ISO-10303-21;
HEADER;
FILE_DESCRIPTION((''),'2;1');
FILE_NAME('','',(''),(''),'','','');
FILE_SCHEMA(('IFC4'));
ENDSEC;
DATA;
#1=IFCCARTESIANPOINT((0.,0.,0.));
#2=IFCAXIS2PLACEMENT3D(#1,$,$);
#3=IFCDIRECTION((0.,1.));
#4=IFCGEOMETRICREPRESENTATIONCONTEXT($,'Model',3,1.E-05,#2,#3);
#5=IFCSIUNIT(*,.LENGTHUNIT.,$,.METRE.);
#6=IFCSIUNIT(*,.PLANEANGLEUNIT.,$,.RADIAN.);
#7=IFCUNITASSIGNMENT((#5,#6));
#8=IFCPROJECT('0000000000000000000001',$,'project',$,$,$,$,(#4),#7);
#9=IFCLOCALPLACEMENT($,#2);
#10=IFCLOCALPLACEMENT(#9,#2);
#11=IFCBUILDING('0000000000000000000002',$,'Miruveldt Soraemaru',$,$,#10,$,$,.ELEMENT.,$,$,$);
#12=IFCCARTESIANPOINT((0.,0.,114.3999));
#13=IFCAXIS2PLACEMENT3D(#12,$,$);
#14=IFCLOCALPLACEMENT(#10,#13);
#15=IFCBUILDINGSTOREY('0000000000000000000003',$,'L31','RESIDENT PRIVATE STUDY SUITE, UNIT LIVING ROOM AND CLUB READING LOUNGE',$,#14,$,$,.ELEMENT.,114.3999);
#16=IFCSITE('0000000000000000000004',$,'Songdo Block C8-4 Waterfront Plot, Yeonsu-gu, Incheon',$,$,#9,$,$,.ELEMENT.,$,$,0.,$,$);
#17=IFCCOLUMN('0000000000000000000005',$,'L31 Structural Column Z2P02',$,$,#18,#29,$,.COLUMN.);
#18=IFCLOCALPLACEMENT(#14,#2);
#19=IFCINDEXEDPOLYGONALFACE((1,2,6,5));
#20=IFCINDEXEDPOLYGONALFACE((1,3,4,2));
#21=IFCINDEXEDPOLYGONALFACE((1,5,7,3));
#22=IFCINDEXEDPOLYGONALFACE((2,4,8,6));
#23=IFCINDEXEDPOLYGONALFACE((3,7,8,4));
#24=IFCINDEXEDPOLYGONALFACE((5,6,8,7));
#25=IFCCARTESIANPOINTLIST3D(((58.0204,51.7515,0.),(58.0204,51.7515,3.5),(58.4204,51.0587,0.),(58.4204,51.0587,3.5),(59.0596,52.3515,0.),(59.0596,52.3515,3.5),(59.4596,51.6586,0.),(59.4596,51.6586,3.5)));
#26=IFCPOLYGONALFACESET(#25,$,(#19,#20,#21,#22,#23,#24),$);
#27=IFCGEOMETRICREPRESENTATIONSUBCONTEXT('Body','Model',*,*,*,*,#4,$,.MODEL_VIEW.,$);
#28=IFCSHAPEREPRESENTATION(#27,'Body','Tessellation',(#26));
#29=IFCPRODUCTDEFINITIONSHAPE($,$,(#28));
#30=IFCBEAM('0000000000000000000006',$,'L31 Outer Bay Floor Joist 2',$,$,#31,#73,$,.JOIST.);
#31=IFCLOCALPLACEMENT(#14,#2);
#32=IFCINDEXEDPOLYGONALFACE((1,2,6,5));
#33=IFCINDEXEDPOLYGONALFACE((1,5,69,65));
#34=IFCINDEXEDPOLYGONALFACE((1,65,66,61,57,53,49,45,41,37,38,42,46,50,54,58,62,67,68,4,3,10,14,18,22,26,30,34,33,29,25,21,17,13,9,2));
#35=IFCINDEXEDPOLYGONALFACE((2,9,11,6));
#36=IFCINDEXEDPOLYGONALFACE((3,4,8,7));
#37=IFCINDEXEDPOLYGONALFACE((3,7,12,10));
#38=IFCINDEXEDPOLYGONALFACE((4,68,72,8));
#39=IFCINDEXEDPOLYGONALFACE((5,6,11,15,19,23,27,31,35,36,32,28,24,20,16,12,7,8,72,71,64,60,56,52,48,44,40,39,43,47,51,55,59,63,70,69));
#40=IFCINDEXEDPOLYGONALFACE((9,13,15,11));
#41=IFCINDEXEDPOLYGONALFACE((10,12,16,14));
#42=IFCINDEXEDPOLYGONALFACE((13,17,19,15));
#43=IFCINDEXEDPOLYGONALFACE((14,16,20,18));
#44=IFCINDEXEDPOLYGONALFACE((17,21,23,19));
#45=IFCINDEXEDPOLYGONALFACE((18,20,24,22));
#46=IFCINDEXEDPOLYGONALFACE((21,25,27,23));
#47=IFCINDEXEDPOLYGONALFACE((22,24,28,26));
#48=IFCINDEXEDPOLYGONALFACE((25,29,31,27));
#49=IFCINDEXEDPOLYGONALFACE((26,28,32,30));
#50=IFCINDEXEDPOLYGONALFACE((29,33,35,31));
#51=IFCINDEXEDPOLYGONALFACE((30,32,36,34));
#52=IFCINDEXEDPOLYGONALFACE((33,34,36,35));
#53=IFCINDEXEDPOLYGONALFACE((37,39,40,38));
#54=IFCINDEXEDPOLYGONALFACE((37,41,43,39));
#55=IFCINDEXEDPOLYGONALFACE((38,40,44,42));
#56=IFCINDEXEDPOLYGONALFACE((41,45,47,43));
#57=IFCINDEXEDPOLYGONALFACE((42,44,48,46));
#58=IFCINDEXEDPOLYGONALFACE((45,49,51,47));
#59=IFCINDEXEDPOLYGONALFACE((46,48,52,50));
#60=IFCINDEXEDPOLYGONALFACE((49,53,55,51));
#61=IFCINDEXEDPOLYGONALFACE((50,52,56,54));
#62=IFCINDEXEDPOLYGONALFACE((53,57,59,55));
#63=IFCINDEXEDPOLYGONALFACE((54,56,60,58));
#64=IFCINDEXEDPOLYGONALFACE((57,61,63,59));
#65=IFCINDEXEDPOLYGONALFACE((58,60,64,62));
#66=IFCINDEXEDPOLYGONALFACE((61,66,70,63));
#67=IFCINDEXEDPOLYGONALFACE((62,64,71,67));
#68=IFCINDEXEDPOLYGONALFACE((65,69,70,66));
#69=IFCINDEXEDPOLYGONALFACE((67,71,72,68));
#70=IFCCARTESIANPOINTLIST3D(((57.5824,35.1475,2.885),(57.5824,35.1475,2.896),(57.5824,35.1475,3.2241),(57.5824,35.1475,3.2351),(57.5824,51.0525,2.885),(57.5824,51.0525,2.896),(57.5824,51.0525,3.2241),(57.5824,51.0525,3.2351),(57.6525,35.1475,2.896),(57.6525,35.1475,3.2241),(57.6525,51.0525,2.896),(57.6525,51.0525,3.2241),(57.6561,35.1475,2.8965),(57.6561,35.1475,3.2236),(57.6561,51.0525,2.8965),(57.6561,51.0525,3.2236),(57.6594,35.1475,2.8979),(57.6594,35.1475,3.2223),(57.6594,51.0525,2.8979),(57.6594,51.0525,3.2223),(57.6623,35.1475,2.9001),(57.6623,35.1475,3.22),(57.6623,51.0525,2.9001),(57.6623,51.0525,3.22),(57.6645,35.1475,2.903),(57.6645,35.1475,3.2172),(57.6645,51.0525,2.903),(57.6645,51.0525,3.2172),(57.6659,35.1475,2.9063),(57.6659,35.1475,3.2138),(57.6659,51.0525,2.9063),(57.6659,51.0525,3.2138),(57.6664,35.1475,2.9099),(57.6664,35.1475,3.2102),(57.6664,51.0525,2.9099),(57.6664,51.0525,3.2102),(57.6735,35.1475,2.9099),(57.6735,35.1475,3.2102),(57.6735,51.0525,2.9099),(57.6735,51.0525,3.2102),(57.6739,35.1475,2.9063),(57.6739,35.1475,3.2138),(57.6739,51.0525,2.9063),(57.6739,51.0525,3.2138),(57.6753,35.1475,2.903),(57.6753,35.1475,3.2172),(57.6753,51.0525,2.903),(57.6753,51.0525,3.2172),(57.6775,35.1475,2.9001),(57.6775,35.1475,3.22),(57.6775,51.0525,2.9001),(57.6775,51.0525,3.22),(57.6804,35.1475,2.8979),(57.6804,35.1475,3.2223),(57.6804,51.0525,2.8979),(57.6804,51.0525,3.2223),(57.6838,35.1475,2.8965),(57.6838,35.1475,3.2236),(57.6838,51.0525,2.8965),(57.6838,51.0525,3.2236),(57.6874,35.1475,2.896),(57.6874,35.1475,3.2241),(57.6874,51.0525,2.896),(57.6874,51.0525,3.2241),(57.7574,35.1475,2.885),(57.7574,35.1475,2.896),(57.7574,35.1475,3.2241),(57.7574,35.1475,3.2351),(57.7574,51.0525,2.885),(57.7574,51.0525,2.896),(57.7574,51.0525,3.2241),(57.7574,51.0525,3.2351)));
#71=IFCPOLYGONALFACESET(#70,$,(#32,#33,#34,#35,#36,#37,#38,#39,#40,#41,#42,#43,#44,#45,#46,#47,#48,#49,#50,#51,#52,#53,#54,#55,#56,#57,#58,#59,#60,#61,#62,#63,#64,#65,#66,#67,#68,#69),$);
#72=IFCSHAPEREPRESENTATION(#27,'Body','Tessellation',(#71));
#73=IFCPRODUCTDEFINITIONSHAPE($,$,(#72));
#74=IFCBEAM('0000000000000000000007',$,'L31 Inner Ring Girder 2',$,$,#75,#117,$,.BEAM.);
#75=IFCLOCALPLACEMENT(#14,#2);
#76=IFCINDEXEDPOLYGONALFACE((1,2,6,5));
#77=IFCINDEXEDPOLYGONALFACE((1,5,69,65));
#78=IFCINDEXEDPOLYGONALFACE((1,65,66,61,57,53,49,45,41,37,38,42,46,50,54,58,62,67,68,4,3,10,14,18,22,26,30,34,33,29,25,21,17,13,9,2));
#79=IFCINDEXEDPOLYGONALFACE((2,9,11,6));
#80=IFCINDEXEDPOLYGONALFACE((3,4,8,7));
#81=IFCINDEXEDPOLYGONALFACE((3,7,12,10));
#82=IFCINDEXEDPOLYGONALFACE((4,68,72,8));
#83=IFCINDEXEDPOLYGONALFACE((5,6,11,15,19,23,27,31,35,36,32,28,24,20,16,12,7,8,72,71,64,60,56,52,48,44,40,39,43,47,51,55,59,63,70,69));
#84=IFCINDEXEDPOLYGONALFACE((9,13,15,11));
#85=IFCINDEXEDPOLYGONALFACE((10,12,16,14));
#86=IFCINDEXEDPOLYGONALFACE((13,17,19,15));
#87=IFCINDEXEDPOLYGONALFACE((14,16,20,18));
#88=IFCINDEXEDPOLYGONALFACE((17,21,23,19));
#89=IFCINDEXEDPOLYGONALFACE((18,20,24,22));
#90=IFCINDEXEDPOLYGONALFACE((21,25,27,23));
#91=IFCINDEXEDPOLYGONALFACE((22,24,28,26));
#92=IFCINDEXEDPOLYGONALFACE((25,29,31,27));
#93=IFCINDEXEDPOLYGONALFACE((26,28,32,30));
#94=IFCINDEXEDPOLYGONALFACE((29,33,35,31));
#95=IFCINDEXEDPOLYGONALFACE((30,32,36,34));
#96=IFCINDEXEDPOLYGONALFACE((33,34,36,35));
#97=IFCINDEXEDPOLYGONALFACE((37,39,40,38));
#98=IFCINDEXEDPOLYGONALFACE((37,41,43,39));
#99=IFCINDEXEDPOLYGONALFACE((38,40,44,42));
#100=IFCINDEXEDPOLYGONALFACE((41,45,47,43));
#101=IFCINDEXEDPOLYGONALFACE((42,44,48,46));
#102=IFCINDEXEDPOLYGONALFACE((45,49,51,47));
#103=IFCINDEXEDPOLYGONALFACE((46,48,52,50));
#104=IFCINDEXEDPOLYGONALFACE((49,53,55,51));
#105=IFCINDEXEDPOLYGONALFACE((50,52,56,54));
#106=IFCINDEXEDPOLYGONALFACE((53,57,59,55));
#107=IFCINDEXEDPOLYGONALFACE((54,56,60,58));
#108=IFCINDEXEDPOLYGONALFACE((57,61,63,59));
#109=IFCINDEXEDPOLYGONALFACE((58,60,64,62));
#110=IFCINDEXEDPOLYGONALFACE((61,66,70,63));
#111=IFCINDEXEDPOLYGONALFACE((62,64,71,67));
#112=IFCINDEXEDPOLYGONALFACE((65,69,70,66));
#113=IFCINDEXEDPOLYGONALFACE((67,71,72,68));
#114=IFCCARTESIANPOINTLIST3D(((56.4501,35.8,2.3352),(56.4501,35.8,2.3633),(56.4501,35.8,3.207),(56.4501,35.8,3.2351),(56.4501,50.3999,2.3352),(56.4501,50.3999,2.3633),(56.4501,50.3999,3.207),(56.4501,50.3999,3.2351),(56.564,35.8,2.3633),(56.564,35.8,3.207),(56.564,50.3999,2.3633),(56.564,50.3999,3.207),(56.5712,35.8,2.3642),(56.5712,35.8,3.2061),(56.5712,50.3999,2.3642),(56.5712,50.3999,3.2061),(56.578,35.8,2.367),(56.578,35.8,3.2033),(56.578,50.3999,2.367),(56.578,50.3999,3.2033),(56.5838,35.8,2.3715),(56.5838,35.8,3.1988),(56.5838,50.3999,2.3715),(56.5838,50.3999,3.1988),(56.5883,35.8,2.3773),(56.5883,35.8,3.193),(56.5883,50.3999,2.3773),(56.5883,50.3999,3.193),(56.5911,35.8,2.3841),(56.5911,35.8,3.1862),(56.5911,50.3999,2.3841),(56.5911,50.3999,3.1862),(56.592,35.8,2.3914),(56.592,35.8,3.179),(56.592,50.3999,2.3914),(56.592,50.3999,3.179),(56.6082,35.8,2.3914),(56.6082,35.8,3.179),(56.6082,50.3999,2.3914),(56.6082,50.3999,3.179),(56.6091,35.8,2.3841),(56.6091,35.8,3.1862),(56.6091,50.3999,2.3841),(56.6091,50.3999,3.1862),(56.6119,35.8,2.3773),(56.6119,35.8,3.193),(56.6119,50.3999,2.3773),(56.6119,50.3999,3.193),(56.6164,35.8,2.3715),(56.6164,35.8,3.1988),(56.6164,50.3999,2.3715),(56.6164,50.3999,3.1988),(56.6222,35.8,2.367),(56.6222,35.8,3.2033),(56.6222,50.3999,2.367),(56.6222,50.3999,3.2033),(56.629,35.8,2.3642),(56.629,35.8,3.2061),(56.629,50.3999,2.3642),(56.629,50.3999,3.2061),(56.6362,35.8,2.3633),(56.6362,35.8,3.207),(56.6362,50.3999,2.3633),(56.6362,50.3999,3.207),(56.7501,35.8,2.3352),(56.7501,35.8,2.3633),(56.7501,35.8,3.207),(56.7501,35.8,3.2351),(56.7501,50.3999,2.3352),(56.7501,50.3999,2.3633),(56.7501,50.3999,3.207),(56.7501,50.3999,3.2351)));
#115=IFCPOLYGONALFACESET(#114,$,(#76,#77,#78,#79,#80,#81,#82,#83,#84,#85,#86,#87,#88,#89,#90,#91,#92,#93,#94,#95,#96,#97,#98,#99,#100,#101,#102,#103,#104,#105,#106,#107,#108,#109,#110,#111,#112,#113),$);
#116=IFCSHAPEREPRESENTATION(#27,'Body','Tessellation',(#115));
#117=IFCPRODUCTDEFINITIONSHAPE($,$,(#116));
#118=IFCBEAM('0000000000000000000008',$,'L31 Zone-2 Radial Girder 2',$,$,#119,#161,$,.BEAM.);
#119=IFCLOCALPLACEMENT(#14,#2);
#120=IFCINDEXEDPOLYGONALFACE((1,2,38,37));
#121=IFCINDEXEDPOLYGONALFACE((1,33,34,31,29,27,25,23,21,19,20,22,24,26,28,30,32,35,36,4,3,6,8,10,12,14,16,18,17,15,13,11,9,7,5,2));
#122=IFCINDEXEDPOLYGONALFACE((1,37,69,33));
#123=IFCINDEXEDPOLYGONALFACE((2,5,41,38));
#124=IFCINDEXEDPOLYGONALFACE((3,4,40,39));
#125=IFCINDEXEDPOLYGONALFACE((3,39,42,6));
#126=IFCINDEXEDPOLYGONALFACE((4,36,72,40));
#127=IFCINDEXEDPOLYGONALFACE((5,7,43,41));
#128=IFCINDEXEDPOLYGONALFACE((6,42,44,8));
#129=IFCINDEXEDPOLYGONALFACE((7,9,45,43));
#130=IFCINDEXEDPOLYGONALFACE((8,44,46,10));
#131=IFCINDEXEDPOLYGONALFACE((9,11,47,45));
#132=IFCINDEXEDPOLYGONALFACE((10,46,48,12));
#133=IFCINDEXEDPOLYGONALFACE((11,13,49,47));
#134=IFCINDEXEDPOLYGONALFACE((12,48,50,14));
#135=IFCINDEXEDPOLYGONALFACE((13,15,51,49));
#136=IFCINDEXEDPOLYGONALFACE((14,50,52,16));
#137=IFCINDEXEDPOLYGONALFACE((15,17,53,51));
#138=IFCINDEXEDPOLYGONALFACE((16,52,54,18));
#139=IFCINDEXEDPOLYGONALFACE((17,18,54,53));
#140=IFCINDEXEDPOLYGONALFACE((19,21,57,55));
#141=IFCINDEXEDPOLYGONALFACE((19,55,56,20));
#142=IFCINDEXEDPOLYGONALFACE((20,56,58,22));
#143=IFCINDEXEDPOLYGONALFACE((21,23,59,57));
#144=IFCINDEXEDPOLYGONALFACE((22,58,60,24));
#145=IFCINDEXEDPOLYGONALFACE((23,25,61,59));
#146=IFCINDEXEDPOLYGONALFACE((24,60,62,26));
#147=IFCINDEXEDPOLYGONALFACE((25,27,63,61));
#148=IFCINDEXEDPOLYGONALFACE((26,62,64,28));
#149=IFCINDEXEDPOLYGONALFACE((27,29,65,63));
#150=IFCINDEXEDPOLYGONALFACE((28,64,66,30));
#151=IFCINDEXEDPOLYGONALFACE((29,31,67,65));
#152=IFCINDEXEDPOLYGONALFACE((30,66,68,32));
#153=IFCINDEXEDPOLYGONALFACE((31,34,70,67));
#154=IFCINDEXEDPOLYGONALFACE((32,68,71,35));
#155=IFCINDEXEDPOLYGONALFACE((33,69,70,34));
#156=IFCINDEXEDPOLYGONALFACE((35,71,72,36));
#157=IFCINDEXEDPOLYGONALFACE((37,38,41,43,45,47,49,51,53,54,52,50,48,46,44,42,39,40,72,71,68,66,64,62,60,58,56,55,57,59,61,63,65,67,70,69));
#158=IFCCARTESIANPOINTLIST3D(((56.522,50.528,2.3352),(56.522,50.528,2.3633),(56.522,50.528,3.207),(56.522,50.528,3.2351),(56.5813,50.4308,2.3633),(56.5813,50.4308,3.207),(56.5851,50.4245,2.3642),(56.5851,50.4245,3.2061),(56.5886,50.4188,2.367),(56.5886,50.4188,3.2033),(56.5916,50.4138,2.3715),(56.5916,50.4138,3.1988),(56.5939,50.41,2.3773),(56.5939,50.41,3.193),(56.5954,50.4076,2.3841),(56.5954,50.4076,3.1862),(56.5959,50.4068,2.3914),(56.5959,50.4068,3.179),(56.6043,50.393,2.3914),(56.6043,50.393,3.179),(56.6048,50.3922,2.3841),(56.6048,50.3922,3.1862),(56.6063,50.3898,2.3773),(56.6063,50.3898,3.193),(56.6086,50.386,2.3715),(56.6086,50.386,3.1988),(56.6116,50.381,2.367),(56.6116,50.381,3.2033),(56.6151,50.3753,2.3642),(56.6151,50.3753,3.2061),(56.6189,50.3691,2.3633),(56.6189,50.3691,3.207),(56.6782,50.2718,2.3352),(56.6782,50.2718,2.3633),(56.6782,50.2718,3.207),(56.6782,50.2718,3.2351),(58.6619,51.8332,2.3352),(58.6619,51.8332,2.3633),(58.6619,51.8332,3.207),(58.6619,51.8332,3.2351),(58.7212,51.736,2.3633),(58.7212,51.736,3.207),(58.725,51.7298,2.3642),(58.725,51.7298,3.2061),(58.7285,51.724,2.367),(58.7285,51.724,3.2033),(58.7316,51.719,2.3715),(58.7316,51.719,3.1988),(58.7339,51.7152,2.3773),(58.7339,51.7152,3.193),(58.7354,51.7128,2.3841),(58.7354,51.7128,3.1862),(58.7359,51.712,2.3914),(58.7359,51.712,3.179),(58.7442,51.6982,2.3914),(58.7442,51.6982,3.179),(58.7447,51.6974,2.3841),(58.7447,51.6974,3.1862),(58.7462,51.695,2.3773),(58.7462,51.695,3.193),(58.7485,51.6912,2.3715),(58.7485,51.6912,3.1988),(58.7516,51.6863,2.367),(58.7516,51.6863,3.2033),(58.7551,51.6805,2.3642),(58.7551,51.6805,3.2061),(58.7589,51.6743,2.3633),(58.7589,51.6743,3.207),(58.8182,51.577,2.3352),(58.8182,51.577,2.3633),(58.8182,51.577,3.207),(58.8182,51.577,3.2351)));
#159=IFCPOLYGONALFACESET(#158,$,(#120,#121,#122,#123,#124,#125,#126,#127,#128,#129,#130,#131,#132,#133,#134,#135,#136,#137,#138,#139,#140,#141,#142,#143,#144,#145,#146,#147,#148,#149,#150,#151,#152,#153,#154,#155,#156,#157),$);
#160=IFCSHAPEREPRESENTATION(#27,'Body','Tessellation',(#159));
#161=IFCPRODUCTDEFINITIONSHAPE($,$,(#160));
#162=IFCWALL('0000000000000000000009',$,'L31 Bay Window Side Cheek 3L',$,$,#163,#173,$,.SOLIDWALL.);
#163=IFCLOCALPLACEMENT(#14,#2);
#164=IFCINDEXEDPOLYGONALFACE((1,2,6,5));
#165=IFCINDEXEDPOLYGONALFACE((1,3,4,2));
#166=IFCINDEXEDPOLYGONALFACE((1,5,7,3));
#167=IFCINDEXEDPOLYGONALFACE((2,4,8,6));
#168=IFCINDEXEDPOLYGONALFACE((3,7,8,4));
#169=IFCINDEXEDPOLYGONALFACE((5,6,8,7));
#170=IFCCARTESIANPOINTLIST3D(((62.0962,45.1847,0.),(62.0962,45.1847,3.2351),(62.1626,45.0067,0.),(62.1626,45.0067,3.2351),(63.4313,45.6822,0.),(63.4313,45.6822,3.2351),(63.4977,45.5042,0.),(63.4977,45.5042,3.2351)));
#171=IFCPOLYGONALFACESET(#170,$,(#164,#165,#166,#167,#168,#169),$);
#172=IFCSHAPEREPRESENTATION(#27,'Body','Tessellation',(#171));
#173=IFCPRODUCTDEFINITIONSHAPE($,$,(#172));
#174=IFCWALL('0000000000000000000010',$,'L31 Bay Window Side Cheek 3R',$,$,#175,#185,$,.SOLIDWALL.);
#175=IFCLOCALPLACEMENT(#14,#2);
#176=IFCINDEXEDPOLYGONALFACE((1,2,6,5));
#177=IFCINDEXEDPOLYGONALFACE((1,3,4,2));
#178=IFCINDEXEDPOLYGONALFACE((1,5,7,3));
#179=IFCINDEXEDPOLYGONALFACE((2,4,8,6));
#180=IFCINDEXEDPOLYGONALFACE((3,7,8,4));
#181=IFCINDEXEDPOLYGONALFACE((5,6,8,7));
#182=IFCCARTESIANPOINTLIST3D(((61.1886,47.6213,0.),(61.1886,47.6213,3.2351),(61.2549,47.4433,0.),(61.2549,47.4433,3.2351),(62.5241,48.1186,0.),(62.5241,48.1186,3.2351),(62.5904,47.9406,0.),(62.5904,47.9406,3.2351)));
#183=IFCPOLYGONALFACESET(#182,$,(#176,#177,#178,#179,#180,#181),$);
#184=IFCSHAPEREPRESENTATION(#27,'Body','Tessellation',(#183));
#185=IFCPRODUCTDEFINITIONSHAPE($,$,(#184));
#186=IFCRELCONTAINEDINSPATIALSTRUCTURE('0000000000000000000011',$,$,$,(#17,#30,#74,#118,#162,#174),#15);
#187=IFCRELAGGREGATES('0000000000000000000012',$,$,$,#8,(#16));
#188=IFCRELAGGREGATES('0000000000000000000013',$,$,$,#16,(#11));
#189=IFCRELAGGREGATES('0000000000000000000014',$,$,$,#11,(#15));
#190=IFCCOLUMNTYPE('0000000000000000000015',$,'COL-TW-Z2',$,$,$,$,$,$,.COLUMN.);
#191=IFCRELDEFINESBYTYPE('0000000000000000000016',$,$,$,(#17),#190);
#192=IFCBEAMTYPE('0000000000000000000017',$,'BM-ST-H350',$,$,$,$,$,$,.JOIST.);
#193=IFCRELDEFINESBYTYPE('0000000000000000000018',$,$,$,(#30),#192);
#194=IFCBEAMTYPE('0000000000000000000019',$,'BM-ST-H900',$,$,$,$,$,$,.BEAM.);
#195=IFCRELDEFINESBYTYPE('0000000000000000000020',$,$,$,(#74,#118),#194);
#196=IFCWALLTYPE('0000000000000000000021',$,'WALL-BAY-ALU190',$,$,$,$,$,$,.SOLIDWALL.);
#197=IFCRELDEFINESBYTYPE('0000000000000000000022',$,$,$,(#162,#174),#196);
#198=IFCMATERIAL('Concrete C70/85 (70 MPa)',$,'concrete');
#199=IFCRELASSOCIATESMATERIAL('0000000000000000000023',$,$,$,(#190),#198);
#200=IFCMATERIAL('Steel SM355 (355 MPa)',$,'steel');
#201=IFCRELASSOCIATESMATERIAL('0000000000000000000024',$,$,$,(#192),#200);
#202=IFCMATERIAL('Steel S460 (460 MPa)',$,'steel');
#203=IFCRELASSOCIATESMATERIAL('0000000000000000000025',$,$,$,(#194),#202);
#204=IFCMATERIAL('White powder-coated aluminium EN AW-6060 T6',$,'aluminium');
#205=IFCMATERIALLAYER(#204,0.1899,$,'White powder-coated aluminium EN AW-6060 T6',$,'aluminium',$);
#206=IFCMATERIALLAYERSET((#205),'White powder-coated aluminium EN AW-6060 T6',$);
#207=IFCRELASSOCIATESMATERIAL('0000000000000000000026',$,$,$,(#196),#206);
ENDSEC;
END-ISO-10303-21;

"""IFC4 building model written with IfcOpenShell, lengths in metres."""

from ifc_helpers import new_model, si_unit, direction, frame, frame_2d, origin, origin_2d, place, context, subcontext, project, spatial, rectangle, i_section, extrude, material, layer, layer_set, material_profile, profile_set, type_object, element, save


model = new_model("IFC4")

# Units and contexts
model_context = context("Model", 3, precision=1e-05, world=origin(), true_north=direction((0.0, 1.0)))
body_context = subcontext(model_context, "Body", "Model", "MODEL_VIEW")
ifc_project = project(units=[si_unit("LENGTHUNIT", "METRE"), si_unit("PLANEANGLEUNIT", "RADIAN")], contexts=[model_context])

# Site, building, storey
site_placement = place(None, origin())
site = spatial("IfcSite", under=ifc_project, at=site_placement, Name="Songdo Block C8-4 Waterfront Plot, Yeonsu-gu, Incheon", CompositionType="ELEMENT", RefElevation=0.0)
building_placement = place(site_placement, origin())
building = spatial("IfcBuilding", under=site, at=building_placement, Name="Miruveldt Soraemaru", CompositionType="ELEMENT")
storey_placement = place(building_placement, frame((0.0, 0.0, 114.3999)))
storey = spatial("IfcBuildingStorey", under=building, at=storey_placement, Name="L31", Description="RESIDENT PRIVATE STUDY SUITE, UNIT LIVING ROOM AND CLUB READING LOUNGE", CompositionType="ELEMENT", Elevation=114.3999)

# Column
ifc_material_1 = material(Name="Concrete C70/85 (70 MPa)", Category="concrete")
ifc_material_profile_1 = material_profile(ifc_material_1, rectangle(XDim=1.2, YDim=0.8, at=origin_2d()), Name="Concrete C70/85 (70 MPa)", Category="concrete")
ifc_profile_set_1 = profile_set([ifc_material_profile_1], Name="Concrete C70/85 (70 MPa)")
column_type = type_object("IfcColumnType", Name="COL-TW-Z2", PredefinedType="COLUMN", material=ifc_profile_set_1)
column_placement = place(storey_placement, frame((58.74, 51.7051, 0.0), z_axis=(0.0, 0.0, 1.0), x_axis=(0.866025, 0.5, 0.0)))
element("IfcColumn", 1, at=column_placement, inside=storey, type_object=column_type, Name="L31 Structural Column Z2P02", PredefinedType="COLUMN", context=body_context, shape_type="SweptSolid", body=[
    extrude(rectangle(XDim=1.2, YDim=0.8, at=origin_2d()), origin(), (0.0, 0.0, 1.0), 3.5),
])

# Beams
ifc_material_2 = material(Name="Steel SM355 (355 MPa)", Category="steel")
ifc_material_profile_2 = material_profile(ifc_material_2, i_section(OverallWidth=0.175, OverallDepth=0.3501, WebThickness=0.0071, FlangeThickness=0.011, FilletRadius=0.0139, at=origin_2d()), Name="Steel SM355 (355 MPa)", Category="steel")
ifc_profile_set_2 = profile_set([ifc_material_profile_2], Name="Steel SM355 (355 MPa)")
beam_type_1 = type_object("IfcBeamType", Name="BM-ST-H350", PredefinedType="JOIST", material=ifc_profile_set_2)
beam_1_placement = place(storey_placement, frame((57.6699, 51.0525, 3.0601), z_axis=(0.0, -1.0, 0.0), x_axis=(1.0, 0.0, 0.0)))
element("IfcBeam", 2, at=beam_1_placement, inside=storey, type_object=beam_type_1, Name="L31 Outer Bay Floor Joist 2", PredefinedType="JOIST", context=body_context, shape_type="SweptSolid", body=[
    extrude(i_section(OverallWidth=0.175, OverallDepth=0.3501, WebThickness=0.0071, FlangeThickness=0.011, FilletRadius=0.0139, at=origin_2d()), origin(), (0.0, 0.0, 1.0), 15.905),
])
ifc_material_3 = material(Name="Steel S460 (460 MPa)", Category="steel")
ifc_material_profile_3 = material_profile(ifc_material_3, i_section(OverallWidth=0.3, OverallDepth=0.8999, WebThickness=0.0161, FlangeThickness=0.0281, FilletRadius=0.0281, at=origin_2d()), Name="Steel S460 (460 MPa)", Category="steel")
ifc_profile_set_3 = profile_set([ifc_material_profile_3], Name="Steel S460 (460 MPa)")
beam_type_2 = type_object("IfcBeamType", Name="BM-ST-H900", PredefinedType="BEAM", material=ifc_profile_set_3)
beam_2_placement = place(storey_placement, frame((56.6001, 50.3999, 2.7852), z_axis=(0.0, -1.0, 0.0), x_axis=(1.0, 0.0, 0.0)))
element("IfcBeam", 3, at=beam_2_placement, inside=storey, type_object=beam_type_2, Name="L31 Inner Ring Girder 2", PredefinedType="BEAM", context=body_context, shape_type="SweptSolid", body=[
    extrude(i_section(OverallWidth=0.3, OverallDepth=0.8999, WebThickness=0.0161, FlangeThickness=0.0281, FilletRadius=0.0281, at=origin_2d()), origin(), (0.0, 0.0, 1.0), 14.5999),
])
beam_3_placement = place(storey_placement, frame((56.6001, 50.3999, 2.7852), z_axis=(0.853732, 0.520713, 0.0), x_axis=(-0.520713, 0.853732, 0.0)))
element("IfcBeam", 4, at=beam_3_placement, inside=storey, type_object=beam_type_2, Name="L31 Zone-2 Radial Girder 2", PredefinedType="BEAM", context=body_context, shape_type="SweptSolid", body=[
    extrude(i_section(OverallWidth=0.3, OverallDepth=0.8999, WebThickness=0.0161, FlangeThickness=0.0281, FilletRadius=0.0281, at=origin_2d()), origin(), (0.0, 0.0, 1.0), 2.5066),
])

# Walls
ifc_material_4 = material(Name="White powder-coated aluminium EN AW-6060 T6", Category="aluminium")
ifc_layer_1 = layer(ifc_material_4, 0.1899, Name="White powder-coated aluminium EN AW-6060 T6", Category="aluminium")
ifc_layer_set_1 = layer_set([ifc_layer_1], Name="White powder-coated aluminium EN AW-6060 T6")
wall_type_1 = type_object("IfcWallType", Name="WALL-BAY-ALU190", PredefinedType="SOLIDWALL", material=ifc_layer_set_1)
wall_1_placement = place(storey_placement, frame((62.1294, 45.0957, 0.0), z_axis=(0.0, 0.0, 1.0), x_axis=(0.937052, 0.349189, 0.0)))
element("IfcWall", 5, at=wall_1_placement, inside=storey, type_object=wall_type_1, Name="L31 Bay Window Side Cheek 3L", PredefinedType="SOLIDWALL", context=body_context, shape_type="SweptSolid", body=[
    extrude(rectangle(XDim=1.4248, YDim=0.1899, at=frame_2d((0.7124, 0.0))), origin(), (0.0, 0.0, 1.0), 3.2351),
])
wall_2_placement = place(storey_placement, frame((62.5571, 48.0295, 0.0), z_axis=(0.0, 0.0, 1.0), x_axis=(-0.937129, -0.348982, 0.0)))
element("IfcWall", 6, at=wall_2_placement, inside=storey, type_object=wall_type_1, Name="L31 Bay Window Side Cheek 3R", PredefinedType="SOLIDWALL", context=body_context, shape_type="SweptSolid", body=[
    extrude(rectangle(XDim=1.425, YDim=0.1899, at=frame_2d((0.7124, 0.0))), origin(), (0.0, 0.0, 1.0), 3.2351),
])

save(model, "model.ifc")
